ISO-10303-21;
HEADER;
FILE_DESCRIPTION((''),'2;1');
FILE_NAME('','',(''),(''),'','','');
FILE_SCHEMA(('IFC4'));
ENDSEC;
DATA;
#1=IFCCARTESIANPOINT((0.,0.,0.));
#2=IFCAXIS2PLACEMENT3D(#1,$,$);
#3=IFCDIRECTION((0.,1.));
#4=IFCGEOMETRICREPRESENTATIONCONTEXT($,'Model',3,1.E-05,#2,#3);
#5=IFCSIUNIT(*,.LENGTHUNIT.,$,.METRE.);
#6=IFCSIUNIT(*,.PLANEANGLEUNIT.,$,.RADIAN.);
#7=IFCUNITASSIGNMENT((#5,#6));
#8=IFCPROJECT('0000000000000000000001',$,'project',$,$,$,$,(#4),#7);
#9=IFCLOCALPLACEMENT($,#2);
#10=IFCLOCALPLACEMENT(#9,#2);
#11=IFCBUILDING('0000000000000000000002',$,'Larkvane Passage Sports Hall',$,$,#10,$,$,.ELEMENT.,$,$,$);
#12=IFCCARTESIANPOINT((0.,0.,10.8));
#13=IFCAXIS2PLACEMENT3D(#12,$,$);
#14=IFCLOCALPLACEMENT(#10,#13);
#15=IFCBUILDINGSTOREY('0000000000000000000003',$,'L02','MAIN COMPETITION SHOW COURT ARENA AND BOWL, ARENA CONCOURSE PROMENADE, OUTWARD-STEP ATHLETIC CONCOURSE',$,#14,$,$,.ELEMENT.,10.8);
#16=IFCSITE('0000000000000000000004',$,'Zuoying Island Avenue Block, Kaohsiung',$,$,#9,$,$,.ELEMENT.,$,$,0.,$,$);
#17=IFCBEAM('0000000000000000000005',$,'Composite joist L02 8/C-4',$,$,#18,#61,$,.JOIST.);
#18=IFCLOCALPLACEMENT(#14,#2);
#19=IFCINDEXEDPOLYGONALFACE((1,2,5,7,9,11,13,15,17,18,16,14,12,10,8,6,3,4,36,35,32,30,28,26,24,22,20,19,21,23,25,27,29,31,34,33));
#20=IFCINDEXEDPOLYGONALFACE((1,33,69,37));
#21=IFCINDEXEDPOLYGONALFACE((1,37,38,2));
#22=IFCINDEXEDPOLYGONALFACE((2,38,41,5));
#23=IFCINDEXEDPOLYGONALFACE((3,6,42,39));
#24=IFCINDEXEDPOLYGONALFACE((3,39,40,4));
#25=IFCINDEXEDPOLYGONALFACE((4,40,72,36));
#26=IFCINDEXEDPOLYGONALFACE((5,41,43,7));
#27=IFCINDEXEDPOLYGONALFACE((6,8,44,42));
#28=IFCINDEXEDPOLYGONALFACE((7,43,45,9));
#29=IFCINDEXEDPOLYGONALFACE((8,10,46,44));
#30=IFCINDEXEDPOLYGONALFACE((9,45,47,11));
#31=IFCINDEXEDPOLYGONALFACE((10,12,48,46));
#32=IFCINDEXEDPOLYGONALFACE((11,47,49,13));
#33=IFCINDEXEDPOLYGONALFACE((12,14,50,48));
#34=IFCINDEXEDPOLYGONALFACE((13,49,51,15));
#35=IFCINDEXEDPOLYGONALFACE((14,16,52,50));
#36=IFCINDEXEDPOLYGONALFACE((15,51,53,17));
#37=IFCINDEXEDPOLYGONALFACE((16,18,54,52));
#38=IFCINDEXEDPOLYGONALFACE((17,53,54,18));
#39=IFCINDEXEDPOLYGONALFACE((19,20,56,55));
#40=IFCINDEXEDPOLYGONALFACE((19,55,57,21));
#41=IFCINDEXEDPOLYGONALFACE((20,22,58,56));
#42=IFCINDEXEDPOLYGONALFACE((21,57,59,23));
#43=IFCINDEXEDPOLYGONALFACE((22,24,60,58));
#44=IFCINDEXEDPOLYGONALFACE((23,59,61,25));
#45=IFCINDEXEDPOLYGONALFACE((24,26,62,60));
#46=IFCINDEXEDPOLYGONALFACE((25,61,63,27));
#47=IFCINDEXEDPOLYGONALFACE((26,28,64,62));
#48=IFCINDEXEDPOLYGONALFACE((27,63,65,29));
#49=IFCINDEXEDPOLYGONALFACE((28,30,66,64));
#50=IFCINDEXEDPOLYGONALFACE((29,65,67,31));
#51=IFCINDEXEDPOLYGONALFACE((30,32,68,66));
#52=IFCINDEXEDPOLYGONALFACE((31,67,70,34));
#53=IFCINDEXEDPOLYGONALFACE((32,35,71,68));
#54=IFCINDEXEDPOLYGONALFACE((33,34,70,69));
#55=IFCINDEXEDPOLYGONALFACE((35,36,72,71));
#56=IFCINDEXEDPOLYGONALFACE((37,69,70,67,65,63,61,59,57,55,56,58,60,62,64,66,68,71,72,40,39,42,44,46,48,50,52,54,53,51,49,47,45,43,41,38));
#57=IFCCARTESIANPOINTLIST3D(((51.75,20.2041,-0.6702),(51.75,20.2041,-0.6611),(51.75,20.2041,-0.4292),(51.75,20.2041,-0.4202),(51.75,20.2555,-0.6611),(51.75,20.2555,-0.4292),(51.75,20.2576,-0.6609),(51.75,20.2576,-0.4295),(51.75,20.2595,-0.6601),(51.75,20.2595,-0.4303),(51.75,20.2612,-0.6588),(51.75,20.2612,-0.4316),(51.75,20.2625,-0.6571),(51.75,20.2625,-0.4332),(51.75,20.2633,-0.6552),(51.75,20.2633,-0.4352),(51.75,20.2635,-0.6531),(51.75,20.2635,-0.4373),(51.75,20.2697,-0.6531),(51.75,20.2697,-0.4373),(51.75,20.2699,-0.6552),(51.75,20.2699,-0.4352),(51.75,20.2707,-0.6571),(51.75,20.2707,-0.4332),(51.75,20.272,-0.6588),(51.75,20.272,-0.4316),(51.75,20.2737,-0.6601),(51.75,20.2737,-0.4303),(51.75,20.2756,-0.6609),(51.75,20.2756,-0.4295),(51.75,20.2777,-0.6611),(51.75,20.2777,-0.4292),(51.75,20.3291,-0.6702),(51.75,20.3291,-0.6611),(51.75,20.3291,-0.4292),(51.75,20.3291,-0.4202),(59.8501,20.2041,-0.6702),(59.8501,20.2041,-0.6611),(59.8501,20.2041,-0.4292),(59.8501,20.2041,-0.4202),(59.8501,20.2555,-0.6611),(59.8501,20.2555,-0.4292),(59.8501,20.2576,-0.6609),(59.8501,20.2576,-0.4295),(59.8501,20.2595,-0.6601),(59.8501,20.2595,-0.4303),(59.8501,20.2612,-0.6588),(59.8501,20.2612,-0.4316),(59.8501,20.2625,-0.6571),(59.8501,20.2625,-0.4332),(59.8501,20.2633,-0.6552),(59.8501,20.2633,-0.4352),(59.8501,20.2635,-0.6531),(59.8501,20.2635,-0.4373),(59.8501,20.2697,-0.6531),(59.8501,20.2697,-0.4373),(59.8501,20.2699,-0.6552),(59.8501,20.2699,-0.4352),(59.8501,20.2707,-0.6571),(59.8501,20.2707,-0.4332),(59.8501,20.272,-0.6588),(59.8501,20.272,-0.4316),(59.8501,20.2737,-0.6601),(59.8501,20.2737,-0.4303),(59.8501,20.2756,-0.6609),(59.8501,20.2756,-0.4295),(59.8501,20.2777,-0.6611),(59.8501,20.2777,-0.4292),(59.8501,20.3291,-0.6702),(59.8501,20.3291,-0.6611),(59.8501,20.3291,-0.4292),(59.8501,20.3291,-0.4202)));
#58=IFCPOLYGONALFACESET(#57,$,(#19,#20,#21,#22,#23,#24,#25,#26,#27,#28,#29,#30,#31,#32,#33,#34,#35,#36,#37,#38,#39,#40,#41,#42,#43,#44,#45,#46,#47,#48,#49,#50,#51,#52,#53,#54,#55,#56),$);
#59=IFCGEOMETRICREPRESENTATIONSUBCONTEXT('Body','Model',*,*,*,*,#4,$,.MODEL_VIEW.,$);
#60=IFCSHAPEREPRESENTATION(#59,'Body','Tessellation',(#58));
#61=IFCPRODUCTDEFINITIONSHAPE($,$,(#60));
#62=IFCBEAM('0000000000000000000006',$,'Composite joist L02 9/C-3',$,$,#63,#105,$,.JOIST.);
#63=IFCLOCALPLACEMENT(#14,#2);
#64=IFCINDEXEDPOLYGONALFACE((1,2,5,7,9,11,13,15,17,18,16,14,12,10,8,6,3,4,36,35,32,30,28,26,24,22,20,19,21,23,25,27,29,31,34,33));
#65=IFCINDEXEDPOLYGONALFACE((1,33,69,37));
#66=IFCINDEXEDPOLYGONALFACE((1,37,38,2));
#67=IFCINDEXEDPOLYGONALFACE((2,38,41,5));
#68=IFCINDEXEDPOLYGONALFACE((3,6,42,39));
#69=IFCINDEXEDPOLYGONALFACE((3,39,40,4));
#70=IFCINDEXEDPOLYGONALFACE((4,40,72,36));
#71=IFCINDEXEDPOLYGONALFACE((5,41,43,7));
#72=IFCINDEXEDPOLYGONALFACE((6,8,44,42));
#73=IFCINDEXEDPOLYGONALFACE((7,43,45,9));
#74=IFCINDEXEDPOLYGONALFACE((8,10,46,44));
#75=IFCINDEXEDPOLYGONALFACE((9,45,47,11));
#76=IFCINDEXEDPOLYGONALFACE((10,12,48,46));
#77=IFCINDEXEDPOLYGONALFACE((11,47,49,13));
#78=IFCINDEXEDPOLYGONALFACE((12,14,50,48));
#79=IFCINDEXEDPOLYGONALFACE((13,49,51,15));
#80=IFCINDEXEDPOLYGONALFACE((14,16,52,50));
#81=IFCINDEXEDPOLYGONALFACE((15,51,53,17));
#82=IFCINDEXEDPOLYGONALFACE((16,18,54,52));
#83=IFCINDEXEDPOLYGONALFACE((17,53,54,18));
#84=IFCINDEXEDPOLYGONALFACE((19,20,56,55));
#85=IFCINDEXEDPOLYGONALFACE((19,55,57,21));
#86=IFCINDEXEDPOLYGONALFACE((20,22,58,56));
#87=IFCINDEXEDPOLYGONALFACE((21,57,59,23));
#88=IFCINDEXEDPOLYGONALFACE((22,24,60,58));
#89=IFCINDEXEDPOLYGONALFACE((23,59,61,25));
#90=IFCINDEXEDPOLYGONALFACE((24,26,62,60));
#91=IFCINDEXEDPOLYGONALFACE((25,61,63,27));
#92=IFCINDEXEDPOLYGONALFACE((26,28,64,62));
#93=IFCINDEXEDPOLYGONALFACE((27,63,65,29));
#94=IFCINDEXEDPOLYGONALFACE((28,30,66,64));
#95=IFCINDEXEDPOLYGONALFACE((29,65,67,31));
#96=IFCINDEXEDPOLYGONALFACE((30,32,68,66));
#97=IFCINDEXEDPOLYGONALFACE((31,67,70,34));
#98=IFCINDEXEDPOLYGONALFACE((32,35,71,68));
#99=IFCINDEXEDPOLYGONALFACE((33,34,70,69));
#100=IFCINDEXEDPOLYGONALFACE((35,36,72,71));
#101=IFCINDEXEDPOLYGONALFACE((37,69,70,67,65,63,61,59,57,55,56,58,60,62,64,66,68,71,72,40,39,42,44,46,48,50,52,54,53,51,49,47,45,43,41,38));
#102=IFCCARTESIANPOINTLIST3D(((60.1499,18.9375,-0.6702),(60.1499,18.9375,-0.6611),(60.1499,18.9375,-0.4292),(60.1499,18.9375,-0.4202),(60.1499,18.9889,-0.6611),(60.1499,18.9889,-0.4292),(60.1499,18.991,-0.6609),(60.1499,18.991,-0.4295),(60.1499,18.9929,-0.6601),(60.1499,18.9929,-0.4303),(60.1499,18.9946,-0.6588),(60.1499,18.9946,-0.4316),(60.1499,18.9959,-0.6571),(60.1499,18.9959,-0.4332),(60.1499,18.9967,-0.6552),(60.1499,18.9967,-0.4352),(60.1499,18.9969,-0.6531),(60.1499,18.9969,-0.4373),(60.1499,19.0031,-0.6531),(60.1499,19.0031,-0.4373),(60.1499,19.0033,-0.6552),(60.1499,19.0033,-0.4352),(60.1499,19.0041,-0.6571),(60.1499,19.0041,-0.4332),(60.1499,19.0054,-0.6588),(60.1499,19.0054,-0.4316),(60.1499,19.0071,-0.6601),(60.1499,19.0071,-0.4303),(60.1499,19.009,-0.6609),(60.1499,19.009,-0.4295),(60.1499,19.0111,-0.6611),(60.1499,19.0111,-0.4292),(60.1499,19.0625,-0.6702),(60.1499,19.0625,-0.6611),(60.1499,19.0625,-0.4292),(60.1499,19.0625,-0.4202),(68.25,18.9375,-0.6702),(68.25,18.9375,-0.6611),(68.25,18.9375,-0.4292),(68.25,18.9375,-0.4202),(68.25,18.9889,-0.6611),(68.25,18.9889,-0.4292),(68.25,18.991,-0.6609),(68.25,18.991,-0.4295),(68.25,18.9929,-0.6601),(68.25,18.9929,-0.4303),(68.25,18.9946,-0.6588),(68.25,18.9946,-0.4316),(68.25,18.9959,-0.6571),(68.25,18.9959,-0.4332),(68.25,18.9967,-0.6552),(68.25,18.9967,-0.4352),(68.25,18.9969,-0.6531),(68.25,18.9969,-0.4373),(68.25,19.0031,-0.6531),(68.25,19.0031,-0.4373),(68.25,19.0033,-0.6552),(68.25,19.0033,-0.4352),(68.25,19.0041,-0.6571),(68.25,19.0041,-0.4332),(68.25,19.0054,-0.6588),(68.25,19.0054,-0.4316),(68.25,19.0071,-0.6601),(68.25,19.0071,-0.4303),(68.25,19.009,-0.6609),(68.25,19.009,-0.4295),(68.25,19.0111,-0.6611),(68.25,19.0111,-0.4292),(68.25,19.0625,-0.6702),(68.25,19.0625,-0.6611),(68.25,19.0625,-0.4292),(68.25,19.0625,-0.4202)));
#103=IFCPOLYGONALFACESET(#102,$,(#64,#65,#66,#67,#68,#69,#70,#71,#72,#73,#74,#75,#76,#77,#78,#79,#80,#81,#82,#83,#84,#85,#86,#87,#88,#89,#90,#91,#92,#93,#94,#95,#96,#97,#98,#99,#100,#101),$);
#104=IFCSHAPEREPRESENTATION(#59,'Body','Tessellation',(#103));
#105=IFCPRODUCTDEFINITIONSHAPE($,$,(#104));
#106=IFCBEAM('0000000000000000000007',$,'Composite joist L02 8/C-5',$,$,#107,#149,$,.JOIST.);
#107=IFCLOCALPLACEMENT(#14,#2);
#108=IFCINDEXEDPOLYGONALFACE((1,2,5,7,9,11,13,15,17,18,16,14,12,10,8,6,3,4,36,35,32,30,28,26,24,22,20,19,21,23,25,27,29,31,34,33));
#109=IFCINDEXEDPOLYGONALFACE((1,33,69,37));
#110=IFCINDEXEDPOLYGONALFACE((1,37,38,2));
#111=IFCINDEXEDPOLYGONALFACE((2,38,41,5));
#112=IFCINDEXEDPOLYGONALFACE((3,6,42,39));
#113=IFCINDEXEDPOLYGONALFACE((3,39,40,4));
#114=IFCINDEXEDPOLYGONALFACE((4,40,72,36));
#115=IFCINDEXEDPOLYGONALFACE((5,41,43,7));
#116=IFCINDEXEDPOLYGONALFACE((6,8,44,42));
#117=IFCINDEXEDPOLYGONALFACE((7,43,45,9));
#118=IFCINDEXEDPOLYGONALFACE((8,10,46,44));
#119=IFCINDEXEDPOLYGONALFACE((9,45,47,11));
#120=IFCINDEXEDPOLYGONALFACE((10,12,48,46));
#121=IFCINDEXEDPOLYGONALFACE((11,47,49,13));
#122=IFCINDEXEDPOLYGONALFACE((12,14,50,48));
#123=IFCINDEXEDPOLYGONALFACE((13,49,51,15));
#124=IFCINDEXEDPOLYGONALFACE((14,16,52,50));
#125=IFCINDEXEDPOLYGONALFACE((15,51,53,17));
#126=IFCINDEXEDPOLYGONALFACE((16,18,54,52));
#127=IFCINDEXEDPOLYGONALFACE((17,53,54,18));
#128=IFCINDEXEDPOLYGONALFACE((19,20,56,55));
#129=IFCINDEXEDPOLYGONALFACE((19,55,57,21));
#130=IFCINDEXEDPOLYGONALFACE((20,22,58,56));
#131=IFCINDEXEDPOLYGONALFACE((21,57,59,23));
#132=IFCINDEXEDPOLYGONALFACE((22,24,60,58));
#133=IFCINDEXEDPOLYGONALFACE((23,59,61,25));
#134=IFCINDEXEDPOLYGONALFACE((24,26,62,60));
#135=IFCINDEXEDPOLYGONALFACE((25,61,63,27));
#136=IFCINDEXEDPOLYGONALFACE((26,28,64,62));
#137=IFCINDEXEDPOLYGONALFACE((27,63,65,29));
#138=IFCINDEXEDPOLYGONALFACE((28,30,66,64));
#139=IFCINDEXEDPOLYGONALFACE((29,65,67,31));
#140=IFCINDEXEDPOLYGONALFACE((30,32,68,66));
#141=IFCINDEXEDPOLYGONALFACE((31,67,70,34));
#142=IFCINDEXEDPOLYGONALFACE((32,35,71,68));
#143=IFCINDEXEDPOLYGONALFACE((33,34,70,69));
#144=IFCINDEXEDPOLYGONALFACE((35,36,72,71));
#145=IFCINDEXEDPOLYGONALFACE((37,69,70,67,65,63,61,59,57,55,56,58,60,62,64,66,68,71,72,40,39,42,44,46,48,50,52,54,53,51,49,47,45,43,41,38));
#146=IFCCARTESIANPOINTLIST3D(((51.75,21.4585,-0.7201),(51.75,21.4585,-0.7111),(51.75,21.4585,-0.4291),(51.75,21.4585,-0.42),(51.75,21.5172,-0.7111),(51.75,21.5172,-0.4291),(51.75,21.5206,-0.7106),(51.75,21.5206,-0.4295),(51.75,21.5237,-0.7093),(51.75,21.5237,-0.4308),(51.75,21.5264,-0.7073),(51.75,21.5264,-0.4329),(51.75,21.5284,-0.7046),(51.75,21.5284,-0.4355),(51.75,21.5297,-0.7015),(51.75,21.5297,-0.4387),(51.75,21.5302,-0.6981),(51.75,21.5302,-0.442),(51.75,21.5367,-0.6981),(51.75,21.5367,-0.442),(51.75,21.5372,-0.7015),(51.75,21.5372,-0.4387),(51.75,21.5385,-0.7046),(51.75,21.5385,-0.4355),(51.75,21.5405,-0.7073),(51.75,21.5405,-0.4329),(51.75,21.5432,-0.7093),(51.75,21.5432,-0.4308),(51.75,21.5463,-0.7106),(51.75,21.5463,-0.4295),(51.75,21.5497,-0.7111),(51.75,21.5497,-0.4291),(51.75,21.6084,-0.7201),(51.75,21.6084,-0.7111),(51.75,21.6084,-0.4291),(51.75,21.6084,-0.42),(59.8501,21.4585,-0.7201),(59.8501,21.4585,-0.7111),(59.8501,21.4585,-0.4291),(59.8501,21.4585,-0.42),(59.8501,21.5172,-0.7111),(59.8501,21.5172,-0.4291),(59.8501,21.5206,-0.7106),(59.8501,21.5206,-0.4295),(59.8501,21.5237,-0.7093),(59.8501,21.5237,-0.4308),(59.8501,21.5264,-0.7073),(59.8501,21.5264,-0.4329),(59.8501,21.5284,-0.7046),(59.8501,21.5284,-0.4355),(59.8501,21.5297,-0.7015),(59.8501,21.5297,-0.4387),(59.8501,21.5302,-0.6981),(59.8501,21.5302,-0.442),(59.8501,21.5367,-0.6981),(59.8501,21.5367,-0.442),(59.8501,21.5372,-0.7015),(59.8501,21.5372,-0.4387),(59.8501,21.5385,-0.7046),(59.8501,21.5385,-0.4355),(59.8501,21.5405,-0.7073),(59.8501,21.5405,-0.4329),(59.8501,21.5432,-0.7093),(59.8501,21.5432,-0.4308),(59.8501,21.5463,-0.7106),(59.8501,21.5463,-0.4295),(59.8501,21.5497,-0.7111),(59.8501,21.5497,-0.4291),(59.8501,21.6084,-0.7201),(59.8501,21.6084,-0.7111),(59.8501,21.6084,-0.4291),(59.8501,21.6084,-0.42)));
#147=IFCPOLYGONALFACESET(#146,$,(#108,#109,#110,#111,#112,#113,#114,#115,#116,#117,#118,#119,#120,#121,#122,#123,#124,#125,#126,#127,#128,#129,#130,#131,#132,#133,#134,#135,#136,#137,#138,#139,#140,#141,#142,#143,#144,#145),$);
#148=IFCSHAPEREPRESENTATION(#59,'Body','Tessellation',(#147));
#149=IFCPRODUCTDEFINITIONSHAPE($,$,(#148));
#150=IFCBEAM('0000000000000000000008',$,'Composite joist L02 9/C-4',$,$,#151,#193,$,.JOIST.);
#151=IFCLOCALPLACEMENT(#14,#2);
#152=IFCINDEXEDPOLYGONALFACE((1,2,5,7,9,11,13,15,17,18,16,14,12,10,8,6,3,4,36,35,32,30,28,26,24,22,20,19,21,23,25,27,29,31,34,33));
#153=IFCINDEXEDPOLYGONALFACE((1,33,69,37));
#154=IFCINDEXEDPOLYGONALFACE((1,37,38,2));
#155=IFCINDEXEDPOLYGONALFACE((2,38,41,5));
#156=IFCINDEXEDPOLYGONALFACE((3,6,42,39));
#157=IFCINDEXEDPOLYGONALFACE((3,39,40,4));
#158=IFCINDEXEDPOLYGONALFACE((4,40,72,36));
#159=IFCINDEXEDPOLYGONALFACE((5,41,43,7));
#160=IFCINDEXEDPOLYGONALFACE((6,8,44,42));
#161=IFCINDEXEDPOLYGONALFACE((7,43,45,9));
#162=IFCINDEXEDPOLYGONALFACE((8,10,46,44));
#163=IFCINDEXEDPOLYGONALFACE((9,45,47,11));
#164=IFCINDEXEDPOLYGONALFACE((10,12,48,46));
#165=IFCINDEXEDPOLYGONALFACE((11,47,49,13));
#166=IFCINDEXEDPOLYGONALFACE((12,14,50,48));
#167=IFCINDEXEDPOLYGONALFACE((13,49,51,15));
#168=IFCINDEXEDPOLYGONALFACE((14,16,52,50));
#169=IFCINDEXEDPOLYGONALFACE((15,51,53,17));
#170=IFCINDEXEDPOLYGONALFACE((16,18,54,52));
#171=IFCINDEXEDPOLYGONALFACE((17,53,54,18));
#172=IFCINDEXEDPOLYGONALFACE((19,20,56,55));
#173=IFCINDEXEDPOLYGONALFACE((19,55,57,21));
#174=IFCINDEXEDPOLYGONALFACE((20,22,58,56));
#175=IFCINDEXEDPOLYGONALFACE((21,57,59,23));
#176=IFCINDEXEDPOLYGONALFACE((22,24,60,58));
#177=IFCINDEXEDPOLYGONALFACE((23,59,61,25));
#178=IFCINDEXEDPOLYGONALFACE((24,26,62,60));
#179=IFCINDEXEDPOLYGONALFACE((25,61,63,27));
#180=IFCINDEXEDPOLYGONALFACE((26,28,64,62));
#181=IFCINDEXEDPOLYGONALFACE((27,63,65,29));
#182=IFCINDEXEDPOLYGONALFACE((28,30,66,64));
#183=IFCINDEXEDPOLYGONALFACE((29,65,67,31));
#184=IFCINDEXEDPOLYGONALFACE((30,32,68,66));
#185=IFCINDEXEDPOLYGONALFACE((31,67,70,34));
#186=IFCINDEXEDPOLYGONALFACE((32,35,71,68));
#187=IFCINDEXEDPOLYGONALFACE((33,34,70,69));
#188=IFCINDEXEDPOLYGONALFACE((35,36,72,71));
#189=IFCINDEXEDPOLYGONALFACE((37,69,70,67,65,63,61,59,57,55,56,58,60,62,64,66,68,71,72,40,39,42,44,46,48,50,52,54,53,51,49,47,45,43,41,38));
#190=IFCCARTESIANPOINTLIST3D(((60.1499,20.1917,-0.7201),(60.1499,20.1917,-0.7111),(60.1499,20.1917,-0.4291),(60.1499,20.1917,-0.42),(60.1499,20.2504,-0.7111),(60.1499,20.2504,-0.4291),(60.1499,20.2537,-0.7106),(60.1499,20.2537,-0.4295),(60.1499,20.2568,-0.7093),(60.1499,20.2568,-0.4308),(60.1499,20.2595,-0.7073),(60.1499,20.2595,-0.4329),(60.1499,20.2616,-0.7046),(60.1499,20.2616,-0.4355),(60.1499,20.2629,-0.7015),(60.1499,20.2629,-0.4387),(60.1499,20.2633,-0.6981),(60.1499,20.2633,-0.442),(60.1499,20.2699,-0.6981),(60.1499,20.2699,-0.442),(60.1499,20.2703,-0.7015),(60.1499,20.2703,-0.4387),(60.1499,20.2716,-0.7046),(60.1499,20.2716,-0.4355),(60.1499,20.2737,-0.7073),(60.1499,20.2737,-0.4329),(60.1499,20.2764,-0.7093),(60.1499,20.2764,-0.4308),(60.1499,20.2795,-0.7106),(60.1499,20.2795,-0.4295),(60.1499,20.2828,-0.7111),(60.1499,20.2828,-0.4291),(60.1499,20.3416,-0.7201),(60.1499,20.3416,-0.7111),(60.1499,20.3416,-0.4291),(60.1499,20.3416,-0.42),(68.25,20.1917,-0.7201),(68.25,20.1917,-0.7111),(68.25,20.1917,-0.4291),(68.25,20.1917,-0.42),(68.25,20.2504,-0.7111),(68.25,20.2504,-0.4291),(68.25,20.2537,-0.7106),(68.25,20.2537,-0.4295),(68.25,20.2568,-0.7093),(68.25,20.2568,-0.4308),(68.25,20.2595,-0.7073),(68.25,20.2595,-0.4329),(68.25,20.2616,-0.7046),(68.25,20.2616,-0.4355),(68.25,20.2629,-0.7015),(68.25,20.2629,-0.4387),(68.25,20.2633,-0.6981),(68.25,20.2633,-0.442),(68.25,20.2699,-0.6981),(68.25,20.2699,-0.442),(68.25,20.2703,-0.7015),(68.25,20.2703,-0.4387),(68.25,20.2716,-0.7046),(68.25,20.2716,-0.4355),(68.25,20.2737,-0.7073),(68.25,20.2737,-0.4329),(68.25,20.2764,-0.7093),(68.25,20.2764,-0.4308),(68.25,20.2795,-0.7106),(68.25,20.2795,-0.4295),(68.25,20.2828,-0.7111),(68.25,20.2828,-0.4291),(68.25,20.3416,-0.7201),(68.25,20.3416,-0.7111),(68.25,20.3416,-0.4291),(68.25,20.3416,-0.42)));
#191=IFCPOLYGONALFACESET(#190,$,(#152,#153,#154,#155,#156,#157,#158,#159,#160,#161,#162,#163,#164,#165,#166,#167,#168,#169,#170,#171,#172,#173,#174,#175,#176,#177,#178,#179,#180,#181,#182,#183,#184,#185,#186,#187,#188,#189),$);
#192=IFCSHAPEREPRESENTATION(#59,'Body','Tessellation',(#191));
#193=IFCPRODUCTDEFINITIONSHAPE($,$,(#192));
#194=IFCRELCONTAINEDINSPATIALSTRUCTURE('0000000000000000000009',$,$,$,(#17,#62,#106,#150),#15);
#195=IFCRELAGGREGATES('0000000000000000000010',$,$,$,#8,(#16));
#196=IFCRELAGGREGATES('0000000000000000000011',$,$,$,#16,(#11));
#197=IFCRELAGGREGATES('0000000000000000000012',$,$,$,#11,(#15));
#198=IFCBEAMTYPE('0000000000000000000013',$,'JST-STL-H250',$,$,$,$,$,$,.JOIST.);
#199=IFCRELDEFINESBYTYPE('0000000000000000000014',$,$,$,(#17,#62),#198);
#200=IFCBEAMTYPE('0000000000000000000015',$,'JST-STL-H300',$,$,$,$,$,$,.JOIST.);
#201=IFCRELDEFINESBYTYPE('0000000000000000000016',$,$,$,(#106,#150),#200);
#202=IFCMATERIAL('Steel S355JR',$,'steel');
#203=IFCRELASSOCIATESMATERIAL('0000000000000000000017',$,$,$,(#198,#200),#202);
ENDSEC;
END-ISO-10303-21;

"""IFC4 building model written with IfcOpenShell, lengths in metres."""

from ifc_helpers import new_model, si_unit, direction, frame, origin, origin_2d, place, context, subcontext, project, spatial, i_section, extrude, material, material_profile, profile_set, type_object, element, save


model = new_model("IFC4")

# Units and contexts
model_context = context("Model", 3, precision=1e-05, world=origin(), true_north=direction((0.0, 1.0)))
body_context = subcontext(model_context, "Body", "Model", "MODEL_VIEW")
ifc_project = project(units=[si_unit("LENGTHUNIT", "METRE"), si_unit("PLANEANGLEUNIT", "RADIAN")], contexts=[model_context])

# Site, building, storey
site_placement = place(None, origin())
site = spatial("IfcSite", under=ifc_project, at=site_placement, Name="Zuoying Island Avenue Block, Kaohsiung", CompositionType="ELEMENT", RefElevation=0.0)
building_placement = place(site_placement, origin())
building = spatial("IfcBuilding", under=site, at=building_placement, Name="Larkvane Passage Sports Hall", CompositionType="ELEMENT")
storey_placement = place(building_placement, frame((0.0, 0.0, 10.8)))
storey = spatial("IfcBuildingStorey", under=building, at=storey_placement, Name="L02", Description="MAIN COMPETITION SHOW COURT ARENA AND BOWL, ARENA CONCOURSE PROMENADE, OUTWARD-STEP ATHLETIC CONCOURSE", CompositionType="ELEMENT", Elevation=10.8)

# Shared definitions
ifc_material_1 = material(Name="Steel S355JR", Category="steel")

# Beams
ifc_material_profile_1 = material_profile(ifc_material_1, i_section(OverallWidth=0.125, OverallDepth=0.25, WebThickness=0.0061, FlangeThickness=0.009, FilletRadius=0.0081, at=origin_2d()), Name="H-250x125x6x9")
ifc_profile_set_1 = profile_set([ifc_material_profile_1], Name="Steel S355JR")
beam_type_1 = type_object("IfcBeamType", Name="JST-STL-H250", PredefinedType="JOIST", material=ifc_profile_set_1)
for number, where, z_axis, x_axis, name in (
    (1, (51.75, 20.2666, -0.5452), (1.0, 0.0, 0.0), (0.0, 1.0, 0.0), "Composite joist L02 8/C-4"),
    (2, (60.1499, 19.0, -0.5452), (1.0, 0.0, 0.0), (0.0, 1.0, 0.0), "Composite joist L02 9/C-3"),
):
    element("IfcBeam", number, at=place(storey_placement, frame(where, z_axis=z_axis, x_axis=x_axis)), inside=storey, type_object=beam_type_1, Name=name, PredefinedType="JOIST", context=body_context, shape_type="SweptSolid", body=[
        extrude(i_section(OverallWidth=0.125, OverallDepth=0.25, WebThickness=0.0061, FlangeThickness=0.009, FilletRadius=0.0081, at=origin_2d()), origin(), (0.0, 0.0, 1.0), 8.1001),
    ])
ifc_material_profile_2 = material_profile(ifc_material_1, i_section(OverallWidth=0.1499, OverallDepth=0.3, WebThickness=0.0066, FlangeThickness=0.009, FilletRadius=0.0129, at=origin_2d()), Name="H-300x150x6.5x9")
ifc_profile_set_2 = profile_set([ifc_material_profile_2], Name="Steel S355JR")
beam_type_2 = type_object("IfcBeamType", Name="JST-STL-H300", PredefinedType="JOIST", material=ifc_profile_set_2)
for number, where, z_axis, x_axis, name in (
    (3, (51.75, 21.5334, -0.5701), (1.0, 0.0, 0.0), (0.0, 1.0, 0.0), "Composite joist L02 8/C-5"),
    (4, (60.1499, 20.2666, -0.5701), (1.0, 0.0, 0.0), (0.0, 1.0, 0.0), "Composite joist L02 9/C-4"),
):
    element("IfcBeam", number, at=place(storey_placement, frame(where, z_axis=z_axis, x_axis=x_axis)), inside=storey, type_object=beam_type_2, Name=name, PredefinedType="JOIST", context=body_context, shape_type="SweptSolid", body=[
        extrude(i_section(OverallWidth=0.1499, OverallDepth=0.3, WebThickness=0.0066, FlangeThickness=0.009, FilletRadius=0.0129, at=origin_2d()), origin(), (0.0, 0.0, 1.0), 8.1001),
    ])

save(model, "model.ifc")
